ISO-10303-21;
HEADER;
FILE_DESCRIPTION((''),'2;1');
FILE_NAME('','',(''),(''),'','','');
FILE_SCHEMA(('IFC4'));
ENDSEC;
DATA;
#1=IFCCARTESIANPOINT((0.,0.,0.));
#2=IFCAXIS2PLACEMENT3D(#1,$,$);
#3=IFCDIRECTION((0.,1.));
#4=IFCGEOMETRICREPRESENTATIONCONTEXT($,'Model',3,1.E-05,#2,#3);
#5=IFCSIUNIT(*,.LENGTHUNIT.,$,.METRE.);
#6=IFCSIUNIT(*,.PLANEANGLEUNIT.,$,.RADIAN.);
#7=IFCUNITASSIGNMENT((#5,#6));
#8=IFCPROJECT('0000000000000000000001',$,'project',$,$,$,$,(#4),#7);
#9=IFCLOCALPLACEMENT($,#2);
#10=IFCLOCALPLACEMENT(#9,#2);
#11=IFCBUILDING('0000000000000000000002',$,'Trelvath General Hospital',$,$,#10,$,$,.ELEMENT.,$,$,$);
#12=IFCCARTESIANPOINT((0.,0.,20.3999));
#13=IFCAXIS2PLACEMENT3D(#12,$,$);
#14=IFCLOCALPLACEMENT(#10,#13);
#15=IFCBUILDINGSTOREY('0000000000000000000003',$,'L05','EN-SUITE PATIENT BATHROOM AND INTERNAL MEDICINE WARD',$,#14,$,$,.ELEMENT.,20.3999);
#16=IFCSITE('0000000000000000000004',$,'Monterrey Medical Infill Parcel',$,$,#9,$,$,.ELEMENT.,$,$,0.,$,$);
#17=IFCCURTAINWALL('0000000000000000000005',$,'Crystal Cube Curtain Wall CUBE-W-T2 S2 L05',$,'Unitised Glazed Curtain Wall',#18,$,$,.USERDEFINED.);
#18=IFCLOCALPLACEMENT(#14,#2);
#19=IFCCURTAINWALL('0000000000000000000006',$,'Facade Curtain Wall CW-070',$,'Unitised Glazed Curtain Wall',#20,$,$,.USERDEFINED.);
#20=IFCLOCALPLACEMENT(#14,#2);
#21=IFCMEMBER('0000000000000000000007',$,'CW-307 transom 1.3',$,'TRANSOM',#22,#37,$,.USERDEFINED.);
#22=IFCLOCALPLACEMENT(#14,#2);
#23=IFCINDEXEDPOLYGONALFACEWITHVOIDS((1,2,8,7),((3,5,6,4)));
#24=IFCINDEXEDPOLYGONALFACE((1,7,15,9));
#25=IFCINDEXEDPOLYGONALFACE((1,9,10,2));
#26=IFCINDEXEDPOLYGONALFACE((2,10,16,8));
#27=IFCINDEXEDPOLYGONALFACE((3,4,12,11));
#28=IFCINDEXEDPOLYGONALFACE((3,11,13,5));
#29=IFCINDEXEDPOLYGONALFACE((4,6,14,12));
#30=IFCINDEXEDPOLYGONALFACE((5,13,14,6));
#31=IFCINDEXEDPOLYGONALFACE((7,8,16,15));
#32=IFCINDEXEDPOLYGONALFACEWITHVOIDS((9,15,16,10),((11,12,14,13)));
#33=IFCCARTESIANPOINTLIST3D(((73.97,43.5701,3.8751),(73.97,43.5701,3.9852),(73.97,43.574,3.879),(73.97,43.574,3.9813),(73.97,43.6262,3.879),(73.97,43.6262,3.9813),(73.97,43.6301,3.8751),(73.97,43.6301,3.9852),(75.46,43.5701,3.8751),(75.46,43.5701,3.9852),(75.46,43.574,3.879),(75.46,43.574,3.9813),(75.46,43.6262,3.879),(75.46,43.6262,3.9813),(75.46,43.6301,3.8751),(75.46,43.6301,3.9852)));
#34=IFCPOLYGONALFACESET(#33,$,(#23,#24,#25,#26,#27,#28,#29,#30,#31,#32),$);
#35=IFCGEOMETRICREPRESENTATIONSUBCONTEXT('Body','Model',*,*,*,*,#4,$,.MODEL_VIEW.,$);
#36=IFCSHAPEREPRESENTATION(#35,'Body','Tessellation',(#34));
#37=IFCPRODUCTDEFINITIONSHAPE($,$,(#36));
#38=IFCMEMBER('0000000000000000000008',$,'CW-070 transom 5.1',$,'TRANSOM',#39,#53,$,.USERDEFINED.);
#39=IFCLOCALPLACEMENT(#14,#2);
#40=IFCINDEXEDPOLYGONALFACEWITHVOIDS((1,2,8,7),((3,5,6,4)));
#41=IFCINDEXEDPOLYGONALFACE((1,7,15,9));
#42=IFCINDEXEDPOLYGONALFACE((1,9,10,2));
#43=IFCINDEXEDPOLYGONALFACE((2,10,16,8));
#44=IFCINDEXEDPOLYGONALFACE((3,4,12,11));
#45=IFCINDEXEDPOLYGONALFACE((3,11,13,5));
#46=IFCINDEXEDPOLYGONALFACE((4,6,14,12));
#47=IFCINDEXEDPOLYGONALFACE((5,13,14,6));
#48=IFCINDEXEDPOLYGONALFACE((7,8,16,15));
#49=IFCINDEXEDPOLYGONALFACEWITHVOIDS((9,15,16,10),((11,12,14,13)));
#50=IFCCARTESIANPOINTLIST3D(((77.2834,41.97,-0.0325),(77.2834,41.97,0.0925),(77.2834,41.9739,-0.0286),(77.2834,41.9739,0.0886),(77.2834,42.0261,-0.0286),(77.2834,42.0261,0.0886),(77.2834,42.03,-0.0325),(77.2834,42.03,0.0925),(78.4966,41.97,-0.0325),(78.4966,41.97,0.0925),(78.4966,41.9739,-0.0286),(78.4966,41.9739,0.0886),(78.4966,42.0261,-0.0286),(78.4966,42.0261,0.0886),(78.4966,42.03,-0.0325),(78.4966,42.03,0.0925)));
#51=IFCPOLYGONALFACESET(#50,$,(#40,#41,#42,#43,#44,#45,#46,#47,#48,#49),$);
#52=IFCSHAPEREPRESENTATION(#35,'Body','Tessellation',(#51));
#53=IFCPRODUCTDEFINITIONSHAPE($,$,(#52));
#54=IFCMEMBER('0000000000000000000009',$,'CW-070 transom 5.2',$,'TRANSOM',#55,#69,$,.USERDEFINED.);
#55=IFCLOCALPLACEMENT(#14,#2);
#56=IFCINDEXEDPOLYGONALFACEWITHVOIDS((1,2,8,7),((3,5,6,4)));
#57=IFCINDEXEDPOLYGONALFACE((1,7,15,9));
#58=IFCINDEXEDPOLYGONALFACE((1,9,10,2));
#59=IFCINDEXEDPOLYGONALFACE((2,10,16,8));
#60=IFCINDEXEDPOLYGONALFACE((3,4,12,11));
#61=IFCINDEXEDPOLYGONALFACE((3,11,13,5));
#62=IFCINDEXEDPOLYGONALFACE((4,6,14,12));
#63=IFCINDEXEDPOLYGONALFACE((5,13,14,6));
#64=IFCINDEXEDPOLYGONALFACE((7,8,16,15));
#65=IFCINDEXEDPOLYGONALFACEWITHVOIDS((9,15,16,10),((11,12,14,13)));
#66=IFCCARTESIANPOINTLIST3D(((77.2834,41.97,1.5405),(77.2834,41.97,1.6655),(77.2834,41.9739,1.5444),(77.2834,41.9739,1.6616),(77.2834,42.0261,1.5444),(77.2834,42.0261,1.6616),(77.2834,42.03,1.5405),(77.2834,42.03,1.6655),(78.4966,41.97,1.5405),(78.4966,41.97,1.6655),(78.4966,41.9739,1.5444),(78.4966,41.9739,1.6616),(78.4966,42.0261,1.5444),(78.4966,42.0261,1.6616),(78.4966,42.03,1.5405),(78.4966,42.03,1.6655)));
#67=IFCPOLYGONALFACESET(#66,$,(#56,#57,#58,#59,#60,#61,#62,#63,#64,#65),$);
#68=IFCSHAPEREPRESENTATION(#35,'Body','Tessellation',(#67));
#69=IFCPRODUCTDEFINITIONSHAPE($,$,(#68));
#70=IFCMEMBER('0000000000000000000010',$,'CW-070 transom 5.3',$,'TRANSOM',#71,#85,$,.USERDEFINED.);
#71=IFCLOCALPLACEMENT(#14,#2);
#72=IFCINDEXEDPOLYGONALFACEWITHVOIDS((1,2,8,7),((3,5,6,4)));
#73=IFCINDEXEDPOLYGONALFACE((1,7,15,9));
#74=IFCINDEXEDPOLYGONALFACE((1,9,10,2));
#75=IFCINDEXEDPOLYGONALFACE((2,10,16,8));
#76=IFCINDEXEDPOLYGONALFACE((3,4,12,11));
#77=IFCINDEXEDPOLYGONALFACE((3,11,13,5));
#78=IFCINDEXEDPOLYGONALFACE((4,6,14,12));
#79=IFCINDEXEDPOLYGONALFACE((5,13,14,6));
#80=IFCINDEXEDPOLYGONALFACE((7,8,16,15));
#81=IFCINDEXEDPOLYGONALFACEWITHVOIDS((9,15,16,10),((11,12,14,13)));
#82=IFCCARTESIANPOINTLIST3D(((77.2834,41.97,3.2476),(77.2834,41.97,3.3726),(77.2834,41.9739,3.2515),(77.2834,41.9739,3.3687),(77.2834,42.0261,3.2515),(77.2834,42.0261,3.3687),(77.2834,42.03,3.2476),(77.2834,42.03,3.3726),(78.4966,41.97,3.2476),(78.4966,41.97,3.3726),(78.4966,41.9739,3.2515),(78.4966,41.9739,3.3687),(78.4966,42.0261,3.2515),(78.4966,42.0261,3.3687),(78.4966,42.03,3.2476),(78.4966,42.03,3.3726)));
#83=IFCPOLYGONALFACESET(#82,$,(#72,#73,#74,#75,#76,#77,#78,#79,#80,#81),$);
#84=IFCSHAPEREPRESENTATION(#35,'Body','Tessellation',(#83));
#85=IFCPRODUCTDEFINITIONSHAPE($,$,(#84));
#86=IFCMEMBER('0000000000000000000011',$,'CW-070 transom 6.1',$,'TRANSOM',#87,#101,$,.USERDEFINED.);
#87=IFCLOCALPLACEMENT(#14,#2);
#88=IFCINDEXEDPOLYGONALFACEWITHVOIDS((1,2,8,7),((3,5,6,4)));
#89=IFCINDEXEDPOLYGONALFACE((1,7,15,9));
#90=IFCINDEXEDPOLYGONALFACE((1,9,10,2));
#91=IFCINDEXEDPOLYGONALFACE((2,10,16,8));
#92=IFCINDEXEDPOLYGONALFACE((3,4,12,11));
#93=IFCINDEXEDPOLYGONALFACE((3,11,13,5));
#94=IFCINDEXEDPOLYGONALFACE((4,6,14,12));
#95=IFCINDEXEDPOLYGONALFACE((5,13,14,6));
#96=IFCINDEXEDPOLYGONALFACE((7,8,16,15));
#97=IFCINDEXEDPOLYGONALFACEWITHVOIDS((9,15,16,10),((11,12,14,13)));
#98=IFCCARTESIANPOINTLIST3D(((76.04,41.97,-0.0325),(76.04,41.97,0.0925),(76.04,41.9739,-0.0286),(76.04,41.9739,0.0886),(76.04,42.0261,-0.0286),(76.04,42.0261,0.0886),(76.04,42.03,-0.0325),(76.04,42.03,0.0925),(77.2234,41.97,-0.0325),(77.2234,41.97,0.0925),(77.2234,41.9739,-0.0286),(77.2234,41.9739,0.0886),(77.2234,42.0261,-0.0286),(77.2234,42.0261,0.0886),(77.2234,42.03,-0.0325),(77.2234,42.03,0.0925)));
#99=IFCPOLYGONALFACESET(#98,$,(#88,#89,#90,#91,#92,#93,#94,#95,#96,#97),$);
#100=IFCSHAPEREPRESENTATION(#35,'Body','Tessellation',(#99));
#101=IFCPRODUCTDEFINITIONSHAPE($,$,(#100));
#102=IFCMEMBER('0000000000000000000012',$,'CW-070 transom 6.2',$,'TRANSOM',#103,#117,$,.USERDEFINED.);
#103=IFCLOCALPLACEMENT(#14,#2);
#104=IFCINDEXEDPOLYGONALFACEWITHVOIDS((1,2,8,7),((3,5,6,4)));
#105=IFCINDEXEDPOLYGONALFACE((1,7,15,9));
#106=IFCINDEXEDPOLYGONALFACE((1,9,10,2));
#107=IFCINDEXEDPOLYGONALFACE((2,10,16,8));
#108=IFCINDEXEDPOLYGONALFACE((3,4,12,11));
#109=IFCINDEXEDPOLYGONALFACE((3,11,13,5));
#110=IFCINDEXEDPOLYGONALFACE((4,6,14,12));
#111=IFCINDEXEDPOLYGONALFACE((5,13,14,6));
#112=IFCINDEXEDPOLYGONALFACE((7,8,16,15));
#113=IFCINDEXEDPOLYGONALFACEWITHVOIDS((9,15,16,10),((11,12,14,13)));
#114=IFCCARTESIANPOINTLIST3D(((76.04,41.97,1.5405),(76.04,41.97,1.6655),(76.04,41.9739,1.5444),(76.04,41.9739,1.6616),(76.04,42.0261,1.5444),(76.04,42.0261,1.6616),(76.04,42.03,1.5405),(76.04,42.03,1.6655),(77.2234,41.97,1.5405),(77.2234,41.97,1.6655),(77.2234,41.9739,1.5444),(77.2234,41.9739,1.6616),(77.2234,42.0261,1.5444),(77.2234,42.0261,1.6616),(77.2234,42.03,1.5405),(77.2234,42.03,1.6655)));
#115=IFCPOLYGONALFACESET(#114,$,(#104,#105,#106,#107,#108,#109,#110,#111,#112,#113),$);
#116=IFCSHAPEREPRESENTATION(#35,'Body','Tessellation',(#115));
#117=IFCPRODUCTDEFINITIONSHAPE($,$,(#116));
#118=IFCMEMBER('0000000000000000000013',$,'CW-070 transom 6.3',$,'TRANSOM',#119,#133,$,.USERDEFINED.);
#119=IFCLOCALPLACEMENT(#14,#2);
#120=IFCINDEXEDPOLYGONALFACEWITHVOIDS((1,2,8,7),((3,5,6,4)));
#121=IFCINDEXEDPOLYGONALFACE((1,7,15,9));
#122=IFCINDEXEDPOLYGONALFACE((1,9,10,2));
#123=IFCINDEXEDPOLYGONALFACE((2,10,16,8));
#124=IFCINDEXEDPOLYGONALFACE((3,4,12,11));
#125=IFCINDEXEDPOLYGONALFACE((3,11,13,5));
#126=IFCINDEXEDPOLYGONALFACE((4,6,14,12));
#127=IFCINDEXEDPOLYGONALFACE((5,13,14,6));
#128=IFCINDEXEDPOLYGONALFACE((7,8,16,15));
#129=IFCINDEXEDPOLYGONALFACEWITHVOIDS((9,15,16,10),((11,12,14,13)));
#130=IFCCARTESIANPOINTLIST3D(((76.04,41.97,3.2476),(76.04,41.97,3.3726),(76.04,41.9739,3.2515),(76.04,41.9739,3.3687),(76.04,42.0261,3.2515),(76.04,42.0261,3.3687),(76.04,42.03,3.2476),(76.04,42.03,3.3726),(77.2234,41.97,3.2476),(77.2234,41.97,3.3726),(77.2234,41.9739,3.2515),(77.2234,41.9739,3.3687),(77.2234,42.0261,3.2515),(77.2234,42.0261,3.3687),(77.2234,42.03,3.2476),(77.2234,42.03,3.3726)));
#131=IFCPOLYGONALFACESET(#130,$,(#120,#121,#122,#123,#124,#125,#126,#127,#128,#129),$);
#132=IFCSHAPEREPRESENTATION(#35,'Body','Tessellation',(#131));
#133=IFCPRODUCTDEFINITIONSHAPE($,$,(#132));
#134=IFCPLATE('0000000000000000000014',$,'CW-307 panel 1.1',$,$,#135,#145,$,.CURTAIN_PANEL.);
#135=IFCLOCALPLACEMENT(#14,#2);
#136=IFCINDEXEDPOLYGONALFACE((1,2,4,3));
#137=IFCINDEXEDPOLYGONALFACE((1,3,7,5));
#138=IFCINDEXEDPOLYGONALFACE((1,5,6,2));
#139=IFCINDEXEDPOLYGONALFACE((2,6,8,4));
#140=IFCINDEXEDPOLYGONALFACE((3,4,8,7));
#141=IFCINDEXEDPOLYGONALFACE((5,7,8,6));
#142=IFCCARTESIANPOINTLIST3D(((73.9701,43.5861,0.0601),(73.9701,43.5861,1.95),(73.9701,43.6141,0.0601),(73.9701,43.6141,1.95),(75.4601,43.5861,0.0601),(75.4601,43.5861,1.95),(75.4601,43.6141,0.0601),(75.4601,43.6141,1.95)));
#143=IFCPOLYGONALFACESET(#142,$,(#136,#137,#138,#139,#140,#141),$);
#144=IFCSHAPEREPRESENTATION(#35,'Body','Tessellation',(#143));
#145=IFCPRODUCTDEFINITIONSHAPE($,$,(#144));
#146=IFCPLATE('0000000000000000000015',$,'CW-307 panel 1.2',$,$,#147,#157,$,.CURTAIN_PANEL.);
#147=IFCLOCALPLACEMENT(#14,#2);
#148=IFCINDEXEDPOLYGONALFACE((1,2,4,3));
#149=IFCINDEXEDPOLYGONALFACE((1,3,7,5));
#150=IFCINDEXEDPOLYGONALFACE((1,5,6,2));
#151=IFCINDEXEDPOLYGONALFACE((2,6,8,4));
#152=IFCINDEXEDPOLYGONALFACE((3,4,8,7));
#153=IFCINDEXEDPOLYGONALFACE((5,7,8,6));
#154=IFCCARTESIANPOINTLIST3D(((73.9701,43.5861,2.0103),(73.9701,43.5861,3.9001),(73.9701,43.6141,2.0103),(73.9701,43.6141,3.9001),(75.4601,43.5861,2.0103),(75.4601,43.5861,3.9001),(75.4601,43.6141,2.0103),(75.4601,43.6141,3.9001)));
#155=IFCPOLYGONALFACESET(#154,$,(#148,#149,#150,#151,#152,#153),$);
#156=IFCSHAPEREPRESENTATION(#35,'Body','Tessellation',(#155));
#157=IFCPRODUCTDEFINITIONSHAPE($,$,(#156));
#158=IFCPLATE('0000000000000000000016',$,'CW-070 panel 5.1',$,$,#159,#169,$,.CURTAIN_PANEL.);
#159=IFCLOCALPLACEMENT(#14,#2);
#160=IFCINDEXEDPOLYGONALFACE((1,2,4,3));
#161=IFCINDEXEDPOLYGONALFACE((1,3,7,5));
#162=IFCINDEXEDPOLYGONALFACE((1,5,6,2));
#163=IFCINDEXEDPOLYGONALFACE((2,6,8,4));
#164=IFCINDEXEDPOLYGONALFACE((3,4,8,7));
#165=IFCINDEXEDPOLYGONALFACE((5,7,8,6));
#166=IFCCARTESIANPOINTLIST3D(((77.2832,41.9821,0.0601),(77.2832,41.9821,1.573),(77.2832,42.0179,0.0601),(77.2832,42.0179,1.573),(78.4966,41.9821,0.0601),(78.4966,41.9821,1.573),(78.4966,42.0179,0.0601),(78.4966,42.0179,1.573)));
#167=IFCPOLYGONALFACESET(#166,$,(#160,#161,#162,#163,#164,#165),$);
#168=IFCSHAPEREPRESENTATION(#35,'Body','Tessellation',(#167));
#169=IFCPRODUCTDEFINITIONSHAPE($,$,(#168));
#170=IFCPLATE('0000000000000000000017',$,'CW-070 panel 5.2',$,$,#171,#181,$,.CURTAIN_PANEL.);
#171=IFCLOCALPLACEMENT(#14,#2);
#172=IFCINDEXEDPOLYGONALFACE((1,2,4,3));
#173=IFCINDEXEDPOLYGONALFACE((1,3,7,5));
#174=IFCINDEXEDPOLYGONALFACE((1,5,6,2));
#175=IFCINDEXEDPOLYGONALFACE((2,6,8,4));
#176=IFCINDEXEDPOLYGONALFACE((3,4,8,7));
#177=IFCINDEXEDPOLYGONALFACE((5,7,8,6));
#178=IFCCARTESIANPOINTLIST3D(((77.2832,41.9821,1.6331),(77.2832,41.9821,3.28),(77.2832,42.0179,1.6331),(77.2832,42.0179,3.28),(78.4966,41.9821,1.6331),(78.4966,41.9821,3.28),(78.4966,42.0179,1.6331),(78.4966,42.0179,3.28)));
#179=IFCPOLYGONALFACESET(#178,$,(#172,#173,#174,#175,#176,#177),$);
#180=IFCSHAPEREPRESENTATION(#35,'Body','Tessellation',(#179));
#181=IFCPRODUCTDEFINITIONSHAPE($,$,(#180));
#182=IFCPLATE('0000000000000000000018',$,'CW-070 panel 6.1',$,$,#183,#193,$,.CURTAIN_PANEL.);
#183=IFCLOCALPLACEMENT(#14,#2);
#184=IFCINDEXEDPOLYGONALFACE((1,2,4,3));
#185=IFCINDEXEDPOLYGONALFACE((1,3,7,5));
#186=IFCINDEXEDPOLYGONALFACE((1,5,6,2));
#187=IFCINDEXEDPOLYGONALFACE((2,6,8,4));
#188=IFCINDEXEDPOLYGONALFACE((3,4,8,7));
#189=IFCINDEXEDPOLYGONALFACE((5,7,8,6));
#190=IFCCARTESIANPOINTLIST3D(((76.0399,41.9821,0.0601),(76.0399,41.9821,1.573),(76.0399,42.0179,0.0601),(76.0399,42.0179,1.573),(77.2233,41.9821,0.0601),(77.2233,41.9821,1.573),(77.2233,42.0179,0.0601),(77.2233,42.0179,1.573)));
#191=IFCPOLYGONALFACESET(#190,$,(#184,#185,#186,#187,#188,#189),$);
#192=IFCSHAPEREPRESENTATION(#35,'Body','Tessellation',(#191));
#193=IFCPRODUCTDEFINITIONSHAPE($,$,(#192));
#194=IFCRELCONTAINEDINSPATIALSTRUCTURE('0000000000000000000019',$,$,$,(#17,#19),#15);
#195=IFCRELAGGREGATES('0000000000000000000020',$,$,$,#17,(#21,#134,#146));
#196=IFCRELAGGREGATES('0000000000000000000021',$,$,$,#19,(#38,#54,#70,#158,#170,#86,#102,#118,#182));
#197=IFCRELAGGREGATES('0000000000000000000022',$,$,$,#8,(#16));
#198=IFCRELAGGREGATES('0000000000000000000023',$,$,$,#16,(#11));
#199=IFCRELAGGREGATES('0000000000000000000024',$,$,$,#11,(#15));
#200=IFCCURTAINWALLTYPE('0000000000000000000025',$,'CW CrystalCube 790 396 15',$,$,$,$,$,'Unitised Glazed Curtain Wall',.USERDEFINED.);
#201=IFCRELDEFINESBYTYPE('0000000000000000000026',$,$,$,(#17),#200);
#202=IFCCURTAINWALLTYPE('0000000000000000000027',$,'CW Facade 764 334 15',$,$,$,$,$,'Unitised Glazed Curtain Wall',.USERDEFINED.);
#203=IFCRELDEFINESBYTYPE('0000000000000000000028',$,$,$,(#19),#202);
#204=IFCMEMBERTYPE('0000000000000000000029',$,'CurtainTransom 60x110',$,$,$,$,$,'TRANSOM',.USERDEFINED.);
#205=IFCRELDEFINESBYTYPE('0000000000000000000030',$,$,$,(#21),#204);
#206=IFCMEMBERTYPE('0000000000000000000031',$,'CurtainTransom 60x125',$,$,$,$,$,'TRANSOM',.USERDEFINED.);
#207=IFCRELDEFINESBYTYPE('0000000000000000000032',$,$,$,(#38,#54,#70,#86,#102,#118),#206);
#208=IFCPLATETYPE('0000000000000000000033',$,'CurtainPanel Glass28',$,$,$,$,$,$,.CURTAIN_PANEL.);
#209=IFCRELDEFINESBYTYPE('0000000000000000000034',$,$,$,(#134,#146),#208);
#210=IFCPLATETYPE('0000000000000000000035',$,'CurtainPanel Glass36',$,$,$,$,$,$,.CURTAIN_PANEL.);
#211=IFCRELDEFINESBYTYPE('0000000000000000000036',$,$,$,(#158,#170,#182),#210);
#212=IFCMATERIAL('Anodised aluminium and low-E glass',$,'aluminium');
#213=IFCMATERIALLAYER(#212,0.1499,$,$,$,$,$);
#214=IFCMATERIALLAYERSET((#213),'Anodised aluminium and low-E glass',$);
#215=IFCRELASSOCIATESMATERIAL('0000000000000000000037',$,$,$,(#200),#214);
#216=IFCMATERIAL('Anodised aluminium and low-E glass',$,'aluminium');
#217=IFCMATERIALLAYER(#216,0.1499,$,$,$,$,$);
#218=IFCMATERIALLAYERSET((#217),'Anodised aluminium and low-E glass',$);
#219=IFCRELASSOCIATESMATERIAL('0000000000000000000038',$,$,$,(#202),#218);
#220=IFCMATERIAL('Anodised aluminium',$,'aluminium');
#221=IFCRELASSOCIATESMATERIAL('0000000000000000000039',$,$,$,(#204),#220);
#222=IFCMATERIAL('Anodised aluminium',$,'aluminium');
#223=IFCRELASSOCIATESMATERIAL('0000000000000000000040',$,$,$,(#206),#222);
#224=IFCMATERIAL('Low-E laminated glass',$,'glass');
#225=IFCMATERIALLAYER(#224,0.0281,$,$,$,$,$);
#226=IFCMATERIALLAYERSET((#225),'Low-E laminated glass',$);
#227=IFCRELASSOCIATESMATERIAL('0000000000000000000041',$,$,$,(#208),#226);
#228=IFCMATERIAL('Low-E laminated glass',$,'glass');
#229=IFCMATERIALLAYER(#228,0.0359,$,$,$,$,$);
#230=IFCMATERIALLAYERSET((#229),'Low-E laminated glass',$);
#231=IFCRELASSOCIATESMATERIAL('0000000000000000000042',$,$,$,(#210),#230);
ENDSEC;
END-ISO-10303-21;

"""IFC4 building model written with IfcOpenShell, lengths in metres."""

from ifc_helpers import new_model, si_unit, direction, frame, origin, origin_2d, place, context, subcontext, project, spatial, rectangle, hollow_rectangle, extrude, material, layer, layer_set, material_profile, profile_set, type_object, element, aggregate, save


model = new_model("IFC4")

# Units and contexts
model_context = context("Model", 3, precision=1e-05, world=origin(), true_north=direction((0.0, 1.0)))
body_context = subcontext(model_context, "Body", "Model", "MODEL_VIEW")
ifc_project = project(units=[si_unit("LENGTHUNIT", "METRE"), si_unit("PLANEANGLEUNIT", "RADIAN")], contexts=[model_context])

# Site, building, storey
site_placement = place(None, origin())
site = spatial("IfcSite", under=ifc_project, at=site_placement, Name="Monterrey Medical Infill Parcel", CompositionType="ELEMENT", RefElevation=0.0)
building_placement = place(site_placement, origin())
building = spatial("IfcBuilding", under=site, at=building_placement, Name="Trelvath General Hospital", CompositionType="ELEMENT")
storey_placement = place(building_placement, frame((0.0, 0.0, 20.3999)))
storey = spatial("IfcBuildingStorey", under=building, at=storey_placement, Name="L05", Description="EN-SUITE PATIENT BATHROOM AND INTERNAL MEDICINE WARD", CompositionType="ELEMENT", Elevation=20.3999)

# Curtain wall
ifc_material_1 = material(Name="Anodised aluminium and low-E glass", Category="aluminium")
ifc_layer_1 = layer(ifc_material_1, 0.1499)
ifc_layer_set_1 = layer_set([ifc_layer_1], Name="Anodised aluminium and low-E glass")
curtain_wall_type_1 = type_object("IfcCurtainWallType", Name="CW CrystalCube 790 396 15", ElementType="Unitised Glazed Curtain Wall", PredefinedType="USERDEFINED", material=ifc_layer_set_1)
curtain_wall_1_placement = place(storey_placement, origin())
curtain_wall_1 = element("IfcCurtainWall", 1, at=curtain_wall_1_placement, inside=storey, type_object=curtain_wall_type_1, Name="Crystal Cube Curtain Wall CUBE-W-T2 S2 L05", ObjectType="Unitised Glazed Curtain Wall", PredefinedType="USERDEFINED")

# Curtain wall
ifc_material_2 = material(Name="Anodised aluminium and low-E glass", Category="aluminium")
ifc_layer_2 = layer(ifc_material_2, 0.1499)
ifc_layer_set_2 = layer_set([ifc_layer_2], Name="Anodised aluminium and low-E glass")
curtain_wall_type_2 = type_object("IfcCurtainWallType", Name="CW Facade 764 334 15", ElementType="Unitised Glazed Curtain Wall", PredefinedType="USERDEFINED", material=ifc_layer_set_2)
curtain_wall_2_placement = place(storey_placement, origin())
curtain_wall_2 = element("IfcCurtainWall", 2, at=curtain_wall_2_placement, inside=storey, type_object=curtain_wall_type_2, Name="Facade Curtain Wall CW-070", ObjectType="Unitised Glazed Curtain Wall", PredefinedType="USERDEFINED")

# Members
ifc_material_3 = material(Name="Anodised aluminium", Category="aluminium")
ifc_material_profile_1 = material_profile(ifc_material_3, hollow_rectangle(XDim=0.0601, YDim=0.1101, WallThickness=0.0039, at=origin_2d()), Name="RHS60x110x4")
ifc_profile_set_1 = profile_set([ifc_material_profile_1], Name="Anodised aluminium")
member_type_1 = type_object("IfcMemberType", Name="CurtainTransom 60x110", ElementType="TRANSOM", PredefinedType="USERDEFINED", material=ifc_profile_set_1)
member_1_placement = place(storey_placement, frame((75.46, 43.6001, 3.9302), z_axis=(-1.0, 0.0, 0.0), x_axis=(0.0, -1.0, 0.0)))
member_1 = element("IfcMember", 3, at=member_1_placement, type_object=member_type_1, Name="CW-307 transom 1.3", ObjectType="TRANSOM", PredefinedType="USERDEFINED", context=body_context, shape_type="SweptSolid", body=[
    extrude(hollow_rectangle(XDim=0.0601, YDim=0.1101, WallThickness=0.0039, at=origin_2d()), origin(), (0.0, 0.0, 1.0), 1.49),
])
ifc_material_4 = material(Name="Anodised aluminium", Category="aluminium")
ifc_material_profile_2 = material_profile(ifc_material_4, hollow_rectangle(XDim=0.0601, YDim=0.125, WallThickness=0.0039, at=origin_2d()), Name="RHS60x125x4")
ifc_profile_set_2 = profile_set([ifc_material_profile_2], Name="Anodised aluminium")
member_type_2 = type_object("IfcMemberType", Name="CurtainTransom 60x125", ElementType="TRANSOM", PredefinedType="USERDEFINED", material=ifc_profile_set_2)
member_2_placement = place(storey_placement, frame((78.4966, 42.0, 0.03), z_axis=(-1.0, 0.0, 0.0), x_axis=(0.0, -1.0, 0.0)))
member_2 = element("IfcMember", 4, at=member_2_placement, type_object=member_type_2, Name="CW-070 transom 5.1", ObjectType="TRANSOM", PredefinedType="USERDEFINED", context=body_context, shape_type="SweptSolid", body=[
    extrude(hollow_rectangle(XDim=0.0601, YDim=0.125, WallThickness=0.0039, at=origin_2d()), origin(), (0.0, 0.0, 1.0), 1.2131),
])
member_3_placement = place(storey_placement, frame((78.4966, 42.0, 1.603), z_axis=(-1.0, 0.0, 0.0), x_axis=(0.0, -1.0, 0.0)))
member_3 = element("IfcMember", 5, at=member_3_placement, type_object=member_type_2, Name="CW-070 transom 5.2", ObjectType="TRANSOM", PredefinedType="USERDEFINED", context=body_context, shape_type="SweptSolid", body=[
    extrude(hollow_rectangle(XDim=0.0601, YDim=0.125, WallThickness=0.0039, at=origin_2d()), origin(), (0.0, 0.0, 1.0), 1.2131),
])
member_4_placement = place(storey_placement, frame((78.4966, 42.0, 3.3101), z_axis=(-1.0, 0.0, 0.0), x_axis=(0.0, -1.0, 0.0)))
member_4 = element("IfcMember", 6, at=member_4_placement, type_object=member_type_2, Name="CW-070 transom 5.3", ObjectType="TRANSOM", PredefinedType="USERDEFINED", context=body_context, shape_type="SweptSolid", body=[
    extrude(hollow_rectangle(XDim=0.0601, YDim=0.125, WallThickness=0.0039, at=origin_2d()), origin(), (0.0, 0.0, 1.0), 1.2131),
])
member_5_placement = place(storey_placement, frame((77.2234, 42.0, 0.03), z_axis=(-1.0, 0.0, 0.0), x_axis=(0.0, -1.0, 0.0)))
member_5 = element("IfcMember", 7, at=member_5_placement, type_object=member_type_2, Name="CW-070 transom 6.1", ObjectType="TRANSOM", PredefinedType="USERDEFINED", context=body_context, shape_type="SweptSolid", body=[
    extrude(hollow_rectangle(XDim=0.0601, YDim=0.125, WallThickness=0.0039, at=origin_2d()), origin(), (0.0, 0.0, 1.0), 1.1833),
])
member_6_placement = place(storey_placement, frame((77.2234, 42.0, 1.603), z_axis=(-1.0, 0.0, 0.0), x_axis=(0.0, -1.0, 0.0)))
member_6 = element("IfcMember", 8, at=member_6_placement, type_object=member_type_2, Name="CW-070 transom 6.2", ObjectType="TRANSOM", PredefinedType="USERDEFINED", context=body_context, shape_type="SweptSolid", body=[
    extrude(hollow_rectangle(XDim=0.0601, YDim=0.125, WallThickness=0.0039, at=origin_2d()), origin(), (0.0, 0.0, 1.0), 1.1833),
])
member_7_placement = place(storey_placement, frame((77.2234, 42.0, 3.3101), z_axis=(-1.0, 0.0, 0.0), x_axis=(0.0, -1.0, 0.0)))
member_7 = element("IfcMember", 9, at=member_7_placement, type_object=member_type_2, Name="CW-070 transom 6.3", ObjectType="TRANSOM", PredefinedType="USERDEFINED", context=body_context, shape_type="SweptSolid", body=[
    extrude(hollow_rectangle(XDim=0.0601, YDim=0.125, WallThickness=0.0039, at=origin_2d()), origin(), (0.0, 0.0, 1.0), 1.1833),
])

# Plates
ifc_material_5 = material(Name="Low-E laminated glass", Category="glass")
ifc_layer_3 = layer(ifc_material_5, 0.0281)
ifc_layer_set_3 = layer_set([ifc_layer_3], Name="Low-E laminated glass")
plate_type_1 = type_object("IfcPlateType", Name="CurtainPanel Glass28", PredefinedType="CURTAIN_PANEL", material=ifc_layer_set_3)
plate_1_placement = place(storey_placement, frame((74.7151, 43.6001, 0.0601), z_axis=(0.0, 0.0, 1.0), x_axis=(-1.0, 0.0, 0.0)))
plate_1 = element("IfcPlate", 10, at=plate_1_placement, type_object=plate_type_1, Name="CW-307 panel 1.1", PredefinedType="CURTAIN_PANEL", context=body_context, shape_type="SweptSolid", body=[
    extrude(rectangle(XDim=1.49, YDim=0.0281, at=origin_2d()), origin(), (0.0, 0.0, 1.0), 1.8899),
])
plate_2_placement = place(storey_placement, frame((74.7151, 43.6001, 2.0103), z_axis=(0.0, 0.0, 1.0), x_axis=(-1.0, 0.0, 0.0)))
plate_2 = element("IfcPlate", 11, at=plate_2_placement, type_object=plate_type_1, Name="CW-307 panel 1.2", PredefinedType="CURTAIN_PANEL", context=body_context, shape_type="SweptSolid", body=[
    extrude(rectangle(XDim=1.49, YDim=0.0281, at=origin_2d()), origin(), (0.0, 0.0, 1.0), 1.8899),
])
aggregate(curtain_wall_1, [member_1, plate_1, plate_2])
ifc_material_6 = material(Name="Low-E laminated glass", Category="glass")
ifc_layer_4 = layer(ifc_material_6, 0.0359)
ifc_layer_set_4 = layer_set([ifc_layer_4], Name="Low-E laminated glass")
plate_type_2 = type_object("IfcPlateType", Name="CurtainPanel Glass36", PredefinedType="CURTAIN_PANEL", material=ifc_layer_set_4)
plate_3_placement = place(storey_placement, frame((77.8899, 42.0, 0.0601), z_axis=(0.0, 0.0, 1.0), x_axis=(-1.0, 0.0, 0.0)))
plate_3 = element("IfcPlate", 12, at=plate_3_placement, type_object=plate_type_2, Name="CW-070 panel 5.1", PredefinedType="CURTAIN_PANEL", context=body_context, shape_type="SweptSolid", body=[
    extrude(rectangle(XDim=1.2134, YDim=0.0359, at=origin_2d()), origin(), (0.0, 0.0, 1.0), 1.5129),
])
plate_4_placement = place(storey_placement, frame((77.8899, 42.0, 1.6331), z_axis=(0.0, 0.0, 1.0), x_axis=(-1.0, 0.0, 0.0)))
plate_4 = element("IfcPlate", 13, at=plate_4_placement, type_object=plate_type_2, Name="CW-070 panel 5.2", PredefinedType="CURTAIN_PANEL", context=body_context, shape_type="SweptSolid", body=[
    extrude(rectangle(XDim=1.2134, YDim=0.0359, at=origin_2d()), origin(), (0.0, 0.0, 1.0), 1.647),
])
plate_5_placement = place(storey_placement, frame((76.6316, 42.0, 0.0601), z_axis=(0.0, 0.0, 1.0), x_axis=(-1.0, 0.0, 0.0)))
plate_5 = element("IfcPlate", 14, at=plate_5_placement, type_object=plate_type_2, Name="CW-070 panel 6.1", PredefinedType="CURTAIN_PANEL", context=body_context, shape_type="SweptSolid", body=[
    extrude(rectangle(XDim=1.1833, YDim=0.0359, at=origin_2d()), origin(), (0.0, 0.0, 1.0), 1.5129),
])
aggregate(curtain_wall_2, [member_2, member_3, member_4, plate_3, plate_4, member_5, member_6, member_7, plate_5])

save(model, "model.ifc")
